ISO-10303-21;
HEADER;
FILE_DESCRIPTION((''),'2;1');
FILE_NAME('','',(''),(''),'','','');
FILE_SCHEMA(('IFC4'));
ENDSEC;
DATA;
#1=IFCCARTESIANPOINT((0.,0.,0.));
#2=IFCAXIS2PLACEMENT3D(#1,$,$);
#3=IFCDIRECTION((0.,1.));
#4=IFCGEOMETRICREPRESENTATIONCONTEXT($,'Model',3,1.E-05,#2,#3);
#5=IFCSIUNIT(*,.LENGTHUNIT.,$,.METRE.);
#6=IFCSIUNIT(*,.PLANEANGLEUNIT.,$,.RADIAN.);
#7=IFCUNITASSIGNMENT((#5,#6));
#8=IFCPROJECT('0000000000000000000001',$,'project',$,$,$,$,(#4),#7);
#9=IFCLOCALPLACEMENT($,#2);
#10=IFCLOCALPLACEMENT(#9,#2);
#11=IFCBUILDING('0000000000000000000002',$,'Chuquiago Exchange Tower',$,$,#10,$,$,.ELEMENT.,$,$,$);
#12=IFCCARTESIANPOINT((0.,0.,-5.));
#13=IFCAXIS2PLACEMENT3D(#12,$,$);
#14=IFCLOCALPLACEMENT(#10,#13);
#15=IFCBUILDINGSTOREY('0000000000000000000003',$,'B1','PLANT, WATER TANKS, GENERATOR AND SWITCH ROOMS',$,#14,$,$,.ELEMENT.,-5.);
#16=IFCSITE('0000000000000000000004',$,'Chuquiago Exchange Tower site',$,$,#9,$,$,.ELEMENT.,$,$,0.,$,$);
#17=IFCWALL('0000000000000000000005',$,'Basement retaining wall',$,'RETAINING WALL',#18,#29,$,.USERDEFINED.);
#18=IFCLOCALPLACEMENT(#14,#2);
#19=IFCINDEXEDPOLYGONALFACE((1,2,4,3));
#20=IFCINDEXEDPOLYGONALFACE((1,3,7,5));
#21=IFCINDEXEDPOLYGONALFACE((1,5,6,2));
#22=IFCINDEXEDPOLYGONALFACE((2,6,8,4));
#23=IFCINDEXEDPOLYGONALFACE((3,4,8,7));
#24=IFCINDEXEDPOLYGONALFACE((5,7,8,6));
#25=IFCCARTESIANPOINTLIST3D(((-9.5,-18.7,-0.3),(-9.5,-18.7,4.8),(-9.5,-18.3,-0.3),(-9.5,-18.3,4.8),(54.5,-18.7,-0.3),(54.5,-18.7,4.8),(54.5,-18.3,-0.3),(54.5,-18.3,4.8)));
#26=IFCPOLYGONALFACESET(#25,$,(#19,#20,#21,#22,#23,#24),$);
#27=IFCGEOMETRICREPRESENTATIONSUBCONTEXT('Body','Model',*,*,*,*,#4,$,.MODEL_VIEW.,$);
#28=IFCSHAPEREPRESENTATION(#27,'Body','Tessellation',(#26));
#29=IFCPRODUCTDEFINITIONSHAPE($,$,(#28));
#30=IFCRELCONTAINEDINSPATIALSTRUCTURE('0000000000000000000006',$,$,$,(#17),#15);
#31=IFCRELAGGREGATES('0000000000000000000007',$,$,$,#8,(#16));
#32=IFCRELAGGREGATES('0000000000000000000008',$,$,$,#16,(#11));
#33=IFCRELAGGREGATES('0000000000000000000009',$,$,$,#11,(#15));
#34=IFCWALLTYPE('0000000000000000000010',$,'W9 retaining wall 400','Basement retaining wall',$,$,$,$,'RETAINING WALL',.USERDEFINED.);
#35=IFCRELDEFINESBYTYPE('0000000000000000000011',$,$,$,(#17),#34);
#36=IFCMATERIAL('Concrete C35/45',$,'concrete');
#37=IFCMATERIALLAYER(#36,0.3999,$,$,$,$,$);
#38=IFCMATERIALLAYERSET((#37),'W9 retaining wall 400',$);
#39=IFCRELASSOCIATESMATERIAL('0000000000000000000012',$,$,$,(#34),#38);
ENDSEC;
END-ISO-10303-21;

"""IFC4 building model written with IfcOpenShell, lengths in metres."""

from ifc_helpers import new_model, si_unit, direction, frame, frame_2d, origin, place, context, subcontext, project, spatial, rectangle, extrude, material, layer, layer_set, type_object, element, save


model = new_model("IFC4")

# Units and contexts
model_context = context("Model", 3, precision=1e-05, world=origin(), true_north=direction((0.0, 1.0)))
body_context = subcontext(model_context, "Body", "Model", "MODEL_VIEW")
ifc_project = project(units=[si_unit("LENGTHUNIT", "METRE"), si_unit("PLANEANGLEUNIT", "RADIAN")], contexts=[model_context])

# Site, building, storey
site_placement = place(None, origin())
site = spatial("IfcSite", under=ifc_project, at=site_placement, Name="Chuquiago Exchange Tower site", CompositionType="ELEMENT", RefElevation=0.0)
building_placement = place(site_placement, origin())
building = spatial("IfcBuilding", under=site, at=building_placement, Name="Chuquiago Exchange Tower", CompositionType="ELEMENT")
storey_placement = place(building_placement, frame((0.0, 0.0, -5.0)))
storey = spatial("IfcBuildingStorey", under=building, at=storey_placement, Name="B1", Description="PLANT, WATER TANKS, GENERATOR AND SWITCH ROOMS", CompositionType="ELEMENT", Elevation=-5.0)

# Wall
ifc_material_1 = material(Name="Concrete C35/45", Category="concrete")
ifc_layer_1 = layer(ifc_material_1, 0.3999)
ifc_layer_set_1 = layer_set([ifc_layer_1], Name="W9 retaining wall 400")
wall_type_1 = type_object("IfcWallType", Name="W9 retaining wall 400", Description="Basement retaining wall", ElementType="RETAINING WALL", PredefinedType="USERDEFINED", material=ifc_layer_set_1)
wall_1_placement = place(storey_placement, frame((-9.5, -18.5, -0.3), z_axis=(0.0, 0.0, 1.0), x_axis=(1.0, 0.0, 0.0)))
element("IfcWall", 1, at=wall_1_placement, inside=storey, type_object=wall_type_1, Name="Basement retaining wall", ObjectType="RETAINING WALL", PredefinedType="USERDEFINED", context=body_context, shape_type="SweptSolid", body=[
    extrude(rectangle(XDim=64.0, YDim=0.3999, at=frame_2d((32.0, 0.0))), origin(), (0.0, 0.0, 1.0), 5.1001),
])

save(model, "model.ifc")
